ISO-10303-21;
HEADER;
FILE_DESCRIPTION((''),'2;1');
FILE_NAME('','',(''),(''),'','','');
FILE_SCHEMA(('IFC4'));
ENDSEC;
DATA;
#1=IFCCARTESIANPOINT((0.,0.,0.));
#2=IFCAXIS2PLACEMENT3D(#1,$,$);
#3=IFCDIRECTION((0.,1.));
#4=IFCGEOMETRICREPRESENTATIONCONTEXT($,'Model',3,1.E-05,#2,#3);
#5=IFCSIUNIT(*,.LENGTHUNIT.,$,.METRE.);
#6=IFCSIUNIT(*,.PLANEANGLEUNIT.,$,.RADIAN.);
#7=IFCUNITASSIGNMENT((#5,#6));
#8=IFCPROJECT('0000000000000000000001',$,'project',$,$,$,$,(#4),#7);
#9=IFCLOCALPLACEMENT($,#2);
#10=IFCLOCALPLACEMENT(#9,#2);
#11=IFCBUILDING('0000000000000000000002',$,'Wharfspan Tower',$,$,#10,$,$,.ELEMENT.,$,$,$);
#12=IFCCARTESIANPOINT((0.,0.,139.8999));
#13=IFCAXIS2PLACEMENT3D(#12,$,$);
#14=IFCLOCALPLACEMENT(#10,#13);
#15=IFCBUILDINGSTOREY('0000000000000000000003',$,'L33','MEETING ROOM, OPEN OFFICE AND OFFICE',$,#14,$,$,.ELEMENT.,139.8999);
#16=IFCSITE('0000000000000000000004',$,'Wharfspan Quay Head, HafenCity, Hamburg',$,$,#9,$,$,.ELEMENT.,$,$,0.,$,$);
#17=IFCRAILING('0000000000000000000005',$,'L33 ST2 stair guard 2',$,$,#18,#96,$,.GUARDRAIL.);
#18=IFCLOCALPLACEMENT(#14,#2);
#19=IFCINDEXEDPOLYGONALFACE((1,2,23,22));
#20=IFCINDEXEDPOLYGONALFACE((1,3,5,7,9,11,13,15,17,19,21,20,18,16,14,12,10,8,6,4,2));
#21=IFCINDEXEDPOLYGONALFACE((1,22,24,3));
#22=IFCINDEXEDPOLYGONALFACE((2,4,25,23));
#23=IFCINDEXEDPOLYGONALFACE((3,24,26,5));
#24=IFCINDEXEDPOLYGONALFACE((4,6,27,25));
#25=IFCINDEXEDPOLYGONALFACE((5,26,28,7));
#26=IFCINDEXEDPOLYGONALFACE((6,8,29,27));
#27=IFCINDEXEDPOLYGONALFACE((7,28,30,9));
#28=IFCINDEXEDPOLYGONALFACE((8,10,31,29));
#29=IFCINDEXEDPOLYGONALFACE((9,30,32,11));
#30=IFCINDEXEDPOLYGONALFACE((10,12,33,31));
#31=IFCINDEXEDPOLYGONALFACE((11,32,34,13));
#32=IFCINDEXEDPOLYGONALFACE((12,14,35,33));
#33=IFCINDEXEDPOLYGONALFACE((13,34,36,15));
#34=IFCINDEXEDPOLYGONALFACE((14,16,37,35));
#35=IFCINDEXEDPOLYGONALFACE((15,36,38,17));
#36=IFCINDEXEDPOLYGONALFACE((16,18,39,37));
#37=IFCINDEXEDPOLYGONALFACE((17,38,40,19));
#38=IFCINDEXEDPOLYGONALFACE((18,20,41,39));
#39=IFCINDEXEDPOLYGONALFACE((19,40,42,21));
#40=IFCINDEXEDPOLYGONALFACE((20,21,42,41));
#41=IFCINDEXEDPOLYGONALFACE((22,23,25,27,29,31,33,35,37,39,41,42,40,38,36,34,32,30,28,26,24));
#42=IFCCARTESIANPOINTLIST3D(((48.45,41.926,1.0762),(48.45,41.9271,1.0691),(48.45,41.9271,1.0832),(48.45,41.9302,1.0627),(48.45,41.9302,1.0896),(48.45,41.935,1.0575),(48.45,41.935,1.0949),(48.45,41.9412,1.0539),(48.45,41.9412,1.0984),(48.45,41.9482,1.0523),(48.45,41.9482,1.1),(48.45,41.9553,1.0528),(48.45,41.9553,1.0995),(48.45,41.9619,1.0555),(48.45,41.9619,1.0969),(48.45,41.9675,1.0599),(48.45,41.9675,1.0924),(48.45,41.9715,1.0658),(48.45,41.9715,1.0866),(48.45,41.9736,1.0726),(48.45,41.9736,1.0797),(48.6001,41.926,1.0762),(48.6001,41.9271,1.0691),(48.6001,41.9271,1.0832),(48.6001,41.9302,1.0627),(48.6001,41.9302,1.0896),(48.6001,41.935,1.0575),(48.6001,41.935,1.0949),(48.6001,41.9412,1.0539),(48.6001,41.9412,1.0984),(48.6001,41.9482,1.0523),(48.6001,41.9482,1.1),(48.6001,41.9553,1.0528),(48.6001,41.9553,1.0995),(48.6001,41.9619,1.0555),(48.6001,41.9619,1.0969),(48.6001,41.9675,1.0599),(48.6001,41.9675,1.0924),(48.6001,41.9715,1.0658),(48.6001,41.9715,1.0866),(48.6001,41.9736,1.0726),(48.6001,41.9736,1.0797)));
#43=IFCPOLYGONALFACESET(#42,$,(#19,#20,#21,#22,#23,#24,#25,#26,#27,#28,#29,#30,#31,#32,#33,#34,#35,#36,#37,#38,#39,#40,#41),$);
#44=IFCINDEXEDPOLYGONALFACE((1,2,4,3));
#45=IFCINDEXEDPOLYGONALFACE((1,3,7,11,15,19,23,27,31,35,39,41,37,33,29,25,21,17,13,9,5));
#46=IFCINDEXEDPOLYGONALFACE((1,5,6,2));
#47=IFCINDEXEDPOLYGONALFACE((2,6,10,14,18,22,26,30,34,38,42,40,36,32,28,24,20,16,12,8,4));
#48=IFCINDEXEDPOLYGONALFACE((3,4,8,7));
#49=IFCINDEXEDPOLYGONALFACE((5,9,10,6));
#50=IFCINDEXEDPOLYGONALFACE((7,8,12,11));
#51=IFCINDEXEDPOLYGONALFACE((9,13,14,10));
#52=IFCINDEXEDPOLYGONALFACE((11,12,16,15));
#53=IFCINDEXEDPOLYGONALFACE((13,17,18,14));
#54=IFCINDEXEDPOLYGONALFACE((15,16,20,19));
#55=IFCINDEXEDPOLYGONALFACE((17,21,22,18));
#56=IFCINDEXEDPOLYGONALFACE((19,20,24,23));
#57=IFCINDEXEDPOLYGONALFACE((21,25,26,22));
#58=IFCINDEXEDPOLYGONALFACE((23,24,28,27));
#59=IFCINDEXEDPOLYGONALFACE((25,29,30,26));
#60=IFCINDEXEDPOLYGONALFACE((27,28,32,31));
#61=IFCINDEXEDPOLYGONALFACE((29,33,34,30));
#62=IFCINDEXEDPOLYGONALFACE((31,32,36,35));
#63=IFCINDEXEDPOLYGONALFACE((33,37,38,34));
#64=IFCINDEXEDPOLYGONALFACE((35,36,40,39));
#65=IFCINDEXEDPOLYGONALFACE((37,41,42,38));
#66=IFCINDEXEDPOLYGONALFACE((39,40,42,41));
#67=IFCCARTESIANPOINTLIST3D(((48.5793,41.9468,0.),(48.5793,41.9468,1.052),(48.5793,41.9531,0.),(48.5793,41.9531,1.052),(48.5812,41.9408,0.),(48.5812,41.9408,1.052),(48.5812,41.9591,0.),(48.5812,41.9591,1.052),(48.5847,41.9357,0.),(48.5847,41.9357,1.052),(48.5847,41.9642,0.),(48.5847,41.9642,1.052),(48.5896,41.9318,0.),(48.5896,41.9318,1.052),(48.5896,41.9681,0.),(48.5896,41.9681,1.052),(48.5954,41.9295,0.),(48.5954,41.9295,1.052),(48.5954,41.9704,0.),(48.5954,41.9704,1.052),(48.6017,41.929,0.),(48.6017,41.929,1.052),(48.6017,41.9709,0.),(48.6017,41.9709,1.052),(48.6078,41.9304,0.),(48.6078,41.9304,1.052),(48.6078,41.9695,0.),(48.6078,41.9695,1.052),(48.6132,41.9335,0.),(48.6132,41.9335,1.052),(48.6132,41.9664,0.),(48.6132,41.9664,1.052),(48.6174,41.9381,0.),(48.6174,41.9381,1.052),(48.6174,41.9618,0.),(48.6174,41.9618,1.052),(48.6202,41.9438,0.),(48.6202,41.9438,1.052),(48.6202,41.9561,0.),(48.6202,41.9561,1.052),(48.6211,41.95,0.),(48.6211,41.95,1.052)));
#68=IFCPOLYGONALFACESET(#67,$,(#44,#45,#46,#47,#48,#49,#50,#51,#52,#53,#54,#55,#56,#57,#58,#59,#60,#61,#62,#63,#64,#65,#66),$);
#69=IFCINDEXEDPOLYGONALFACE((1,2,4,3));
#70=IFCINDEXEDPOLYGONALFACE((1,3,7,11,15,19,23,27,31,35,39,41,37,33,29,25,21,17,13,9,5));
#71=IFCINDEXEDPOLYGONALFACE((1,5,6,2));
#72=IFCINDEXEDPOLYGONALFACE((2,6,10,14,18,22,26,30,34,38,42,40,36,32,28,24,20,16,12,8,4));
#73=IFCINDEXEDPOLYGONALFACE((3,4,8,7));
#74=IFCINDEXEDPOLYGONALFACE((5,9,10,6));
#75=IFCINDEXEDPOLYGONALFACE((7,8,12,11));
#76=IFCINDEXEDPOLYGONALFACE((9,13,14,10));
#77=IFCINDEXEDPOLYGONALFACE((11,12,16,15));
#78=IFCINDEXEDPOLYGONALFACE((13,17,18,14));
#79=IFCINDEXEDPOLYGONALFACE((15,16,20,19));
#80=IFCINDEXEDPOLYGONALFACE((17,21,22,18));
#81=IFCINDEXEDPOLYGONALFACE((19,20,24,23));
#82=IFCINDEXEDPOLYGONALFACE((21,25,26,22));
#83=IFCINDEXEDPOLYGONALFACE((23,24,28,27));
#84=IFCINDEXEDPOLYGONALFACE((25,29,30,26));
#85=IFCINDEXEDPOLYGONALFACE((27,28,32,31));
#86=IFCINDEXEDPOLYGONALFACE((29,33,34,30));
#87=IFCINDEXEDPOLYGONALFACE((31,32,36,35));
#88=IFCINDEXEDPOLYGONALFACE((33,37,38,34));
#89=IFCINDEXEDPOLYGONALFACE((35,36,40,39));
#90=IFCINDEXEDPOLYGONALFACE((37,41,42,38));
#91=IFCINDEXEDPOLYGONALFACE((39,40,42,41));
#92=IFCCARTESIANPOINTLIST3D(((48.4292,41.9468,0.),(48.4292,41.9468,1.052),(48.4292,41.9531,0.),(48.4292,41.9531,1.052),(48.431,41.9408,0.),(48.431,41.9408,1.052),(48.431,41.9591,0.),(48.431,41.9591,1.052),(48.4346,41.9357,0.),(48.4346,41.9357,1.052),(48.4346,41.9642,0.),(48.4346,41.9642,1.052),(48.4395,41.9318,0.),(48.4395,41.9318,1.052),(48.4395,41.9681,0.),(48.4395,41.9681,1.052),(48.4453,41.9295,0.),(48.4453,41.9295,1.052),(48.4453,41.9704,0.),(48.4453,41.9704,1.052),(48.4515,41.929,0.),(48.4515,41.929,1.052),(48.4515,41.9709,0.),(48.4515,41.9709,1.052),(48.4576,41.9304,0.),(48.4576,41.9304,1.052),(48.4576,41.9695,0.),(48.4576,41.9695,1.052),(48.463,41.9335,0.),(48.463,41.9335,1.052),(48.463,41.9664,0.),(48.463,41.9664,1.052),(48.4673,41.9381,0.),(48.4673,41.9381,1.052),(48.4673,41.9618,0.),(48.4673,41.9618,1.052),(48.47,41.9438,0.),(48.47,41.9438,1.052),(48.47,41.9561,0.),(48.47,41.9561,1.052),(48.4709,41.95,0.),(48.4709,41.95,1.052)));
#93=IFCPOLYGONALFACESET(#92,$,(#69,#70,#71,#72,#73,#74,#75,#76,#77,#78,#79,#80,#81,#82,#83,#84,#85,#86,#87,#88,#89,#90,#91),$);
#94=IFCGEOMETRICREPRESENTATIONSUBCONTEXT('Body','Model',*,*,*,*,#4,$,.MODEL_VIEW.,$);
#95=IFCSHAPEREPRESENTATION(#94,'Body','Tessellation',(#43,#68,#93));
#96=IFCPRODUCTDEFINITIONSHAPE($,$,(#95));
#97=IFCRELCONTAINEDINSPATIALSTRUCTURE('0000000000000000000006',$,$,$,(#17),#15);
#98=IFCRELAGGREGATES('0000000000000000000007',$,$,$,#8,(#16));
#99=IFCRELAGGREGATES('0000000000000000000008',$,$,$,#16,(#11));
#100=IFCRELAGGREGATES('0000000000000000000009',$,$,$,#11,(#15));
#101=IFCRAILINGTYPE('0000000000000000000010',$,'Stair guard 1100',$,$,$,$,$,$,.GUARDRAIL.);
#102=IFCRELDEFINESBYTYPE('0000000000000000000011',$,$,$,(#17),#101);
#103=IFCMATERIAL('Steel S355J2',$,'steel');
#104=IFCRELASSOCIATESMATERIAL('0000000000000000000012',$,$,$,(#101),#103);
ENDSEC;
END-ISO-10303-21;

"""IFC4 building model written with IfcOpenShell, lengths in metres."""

from ifc_helpers import new_model, si_unit, direction, frame, origin, origin_2d, place, context, subcontext, project, spatial, circle, extrude, material, type_object, element, save


model = new_model("IFC4")

# Units and contexts
model_context = context("Model", 3, precision=1e-05, world=origin(), true_north=direction((0.0, 1.0)))
body_context = subcontext(model_context, "Body", "Model", "MODEL_VIEW")
ifc_project = project(units=[si_unit("LENGTHUNIT", "METRE"), si_unit("PLANEANGLEUNIT", "RADIAN")], contexts=[model_context])

# Site, building, storey
site_placement = place(None, origin())
site = spatial("IfcSite", under=ifc_project, at=site_placement, Name="Wharfspan Quay Head, HafenCity, Hamburg", CompositionType="ELEMENT", RefElevation=0.0)
building_placement = place(site_placement, origin())
building = spatial("IfcBuilding", under=site, at=building_placement, Name="Wharfspan Tower", CompositionType="ELEMENT")
storey_placement = place(building_placement, frame((0.0, 0.0, 139.8999)))
storey = spatial("IfcBuildingStorey", under=building, at=storey_placement, Name="L33", Description="MEETING ROOM, OPEN OFFICE AND OFFICE", CompositionType="ELEMENT", Elevation=139.8999)

# Shared definitions
ifc_material_1 = material(Name="Steel S355J2", Category="steel")

# Railing
railing_type_1 = type_object("IfcRailingType", Name="Stair guard 1100", PredefinedType="GUARDRAIL", material=ifc_material_1)
railing_1_placement = place(storey_placement, frame((48.6001, 41.95, 0.0)))
element("IfcRailing", 1, at=railing_1_placement, inside=storey, type_object=railing_type_1, Name="L33 ST2 stair guard 2", PredefinedType="GUARDRAIL", context=body_context, shape_type="SweptSolid", body=[
    extrude(circle(Radius=0.0239, at=origin_2d()), frame((0.0, 0.0, 1.0762), z_axis=(-1.0, 0.0, 0.0), x_axis=(0.0, -1.0, 0.0)), (0.0, 0.0, 1.0), 0.1501),
    extrude(circle(Radius=0.021, at=origin_2d()), origin(), (0.0, 0.0, 1.0), 1.052),
    extrude(circle(Radius=0.021, at=origin_2d()), frame((-0.1501, 0.0, 0.0)), (0.0, 0.0, 1.0), 1.052),
])

save(model, "model.ifc")
